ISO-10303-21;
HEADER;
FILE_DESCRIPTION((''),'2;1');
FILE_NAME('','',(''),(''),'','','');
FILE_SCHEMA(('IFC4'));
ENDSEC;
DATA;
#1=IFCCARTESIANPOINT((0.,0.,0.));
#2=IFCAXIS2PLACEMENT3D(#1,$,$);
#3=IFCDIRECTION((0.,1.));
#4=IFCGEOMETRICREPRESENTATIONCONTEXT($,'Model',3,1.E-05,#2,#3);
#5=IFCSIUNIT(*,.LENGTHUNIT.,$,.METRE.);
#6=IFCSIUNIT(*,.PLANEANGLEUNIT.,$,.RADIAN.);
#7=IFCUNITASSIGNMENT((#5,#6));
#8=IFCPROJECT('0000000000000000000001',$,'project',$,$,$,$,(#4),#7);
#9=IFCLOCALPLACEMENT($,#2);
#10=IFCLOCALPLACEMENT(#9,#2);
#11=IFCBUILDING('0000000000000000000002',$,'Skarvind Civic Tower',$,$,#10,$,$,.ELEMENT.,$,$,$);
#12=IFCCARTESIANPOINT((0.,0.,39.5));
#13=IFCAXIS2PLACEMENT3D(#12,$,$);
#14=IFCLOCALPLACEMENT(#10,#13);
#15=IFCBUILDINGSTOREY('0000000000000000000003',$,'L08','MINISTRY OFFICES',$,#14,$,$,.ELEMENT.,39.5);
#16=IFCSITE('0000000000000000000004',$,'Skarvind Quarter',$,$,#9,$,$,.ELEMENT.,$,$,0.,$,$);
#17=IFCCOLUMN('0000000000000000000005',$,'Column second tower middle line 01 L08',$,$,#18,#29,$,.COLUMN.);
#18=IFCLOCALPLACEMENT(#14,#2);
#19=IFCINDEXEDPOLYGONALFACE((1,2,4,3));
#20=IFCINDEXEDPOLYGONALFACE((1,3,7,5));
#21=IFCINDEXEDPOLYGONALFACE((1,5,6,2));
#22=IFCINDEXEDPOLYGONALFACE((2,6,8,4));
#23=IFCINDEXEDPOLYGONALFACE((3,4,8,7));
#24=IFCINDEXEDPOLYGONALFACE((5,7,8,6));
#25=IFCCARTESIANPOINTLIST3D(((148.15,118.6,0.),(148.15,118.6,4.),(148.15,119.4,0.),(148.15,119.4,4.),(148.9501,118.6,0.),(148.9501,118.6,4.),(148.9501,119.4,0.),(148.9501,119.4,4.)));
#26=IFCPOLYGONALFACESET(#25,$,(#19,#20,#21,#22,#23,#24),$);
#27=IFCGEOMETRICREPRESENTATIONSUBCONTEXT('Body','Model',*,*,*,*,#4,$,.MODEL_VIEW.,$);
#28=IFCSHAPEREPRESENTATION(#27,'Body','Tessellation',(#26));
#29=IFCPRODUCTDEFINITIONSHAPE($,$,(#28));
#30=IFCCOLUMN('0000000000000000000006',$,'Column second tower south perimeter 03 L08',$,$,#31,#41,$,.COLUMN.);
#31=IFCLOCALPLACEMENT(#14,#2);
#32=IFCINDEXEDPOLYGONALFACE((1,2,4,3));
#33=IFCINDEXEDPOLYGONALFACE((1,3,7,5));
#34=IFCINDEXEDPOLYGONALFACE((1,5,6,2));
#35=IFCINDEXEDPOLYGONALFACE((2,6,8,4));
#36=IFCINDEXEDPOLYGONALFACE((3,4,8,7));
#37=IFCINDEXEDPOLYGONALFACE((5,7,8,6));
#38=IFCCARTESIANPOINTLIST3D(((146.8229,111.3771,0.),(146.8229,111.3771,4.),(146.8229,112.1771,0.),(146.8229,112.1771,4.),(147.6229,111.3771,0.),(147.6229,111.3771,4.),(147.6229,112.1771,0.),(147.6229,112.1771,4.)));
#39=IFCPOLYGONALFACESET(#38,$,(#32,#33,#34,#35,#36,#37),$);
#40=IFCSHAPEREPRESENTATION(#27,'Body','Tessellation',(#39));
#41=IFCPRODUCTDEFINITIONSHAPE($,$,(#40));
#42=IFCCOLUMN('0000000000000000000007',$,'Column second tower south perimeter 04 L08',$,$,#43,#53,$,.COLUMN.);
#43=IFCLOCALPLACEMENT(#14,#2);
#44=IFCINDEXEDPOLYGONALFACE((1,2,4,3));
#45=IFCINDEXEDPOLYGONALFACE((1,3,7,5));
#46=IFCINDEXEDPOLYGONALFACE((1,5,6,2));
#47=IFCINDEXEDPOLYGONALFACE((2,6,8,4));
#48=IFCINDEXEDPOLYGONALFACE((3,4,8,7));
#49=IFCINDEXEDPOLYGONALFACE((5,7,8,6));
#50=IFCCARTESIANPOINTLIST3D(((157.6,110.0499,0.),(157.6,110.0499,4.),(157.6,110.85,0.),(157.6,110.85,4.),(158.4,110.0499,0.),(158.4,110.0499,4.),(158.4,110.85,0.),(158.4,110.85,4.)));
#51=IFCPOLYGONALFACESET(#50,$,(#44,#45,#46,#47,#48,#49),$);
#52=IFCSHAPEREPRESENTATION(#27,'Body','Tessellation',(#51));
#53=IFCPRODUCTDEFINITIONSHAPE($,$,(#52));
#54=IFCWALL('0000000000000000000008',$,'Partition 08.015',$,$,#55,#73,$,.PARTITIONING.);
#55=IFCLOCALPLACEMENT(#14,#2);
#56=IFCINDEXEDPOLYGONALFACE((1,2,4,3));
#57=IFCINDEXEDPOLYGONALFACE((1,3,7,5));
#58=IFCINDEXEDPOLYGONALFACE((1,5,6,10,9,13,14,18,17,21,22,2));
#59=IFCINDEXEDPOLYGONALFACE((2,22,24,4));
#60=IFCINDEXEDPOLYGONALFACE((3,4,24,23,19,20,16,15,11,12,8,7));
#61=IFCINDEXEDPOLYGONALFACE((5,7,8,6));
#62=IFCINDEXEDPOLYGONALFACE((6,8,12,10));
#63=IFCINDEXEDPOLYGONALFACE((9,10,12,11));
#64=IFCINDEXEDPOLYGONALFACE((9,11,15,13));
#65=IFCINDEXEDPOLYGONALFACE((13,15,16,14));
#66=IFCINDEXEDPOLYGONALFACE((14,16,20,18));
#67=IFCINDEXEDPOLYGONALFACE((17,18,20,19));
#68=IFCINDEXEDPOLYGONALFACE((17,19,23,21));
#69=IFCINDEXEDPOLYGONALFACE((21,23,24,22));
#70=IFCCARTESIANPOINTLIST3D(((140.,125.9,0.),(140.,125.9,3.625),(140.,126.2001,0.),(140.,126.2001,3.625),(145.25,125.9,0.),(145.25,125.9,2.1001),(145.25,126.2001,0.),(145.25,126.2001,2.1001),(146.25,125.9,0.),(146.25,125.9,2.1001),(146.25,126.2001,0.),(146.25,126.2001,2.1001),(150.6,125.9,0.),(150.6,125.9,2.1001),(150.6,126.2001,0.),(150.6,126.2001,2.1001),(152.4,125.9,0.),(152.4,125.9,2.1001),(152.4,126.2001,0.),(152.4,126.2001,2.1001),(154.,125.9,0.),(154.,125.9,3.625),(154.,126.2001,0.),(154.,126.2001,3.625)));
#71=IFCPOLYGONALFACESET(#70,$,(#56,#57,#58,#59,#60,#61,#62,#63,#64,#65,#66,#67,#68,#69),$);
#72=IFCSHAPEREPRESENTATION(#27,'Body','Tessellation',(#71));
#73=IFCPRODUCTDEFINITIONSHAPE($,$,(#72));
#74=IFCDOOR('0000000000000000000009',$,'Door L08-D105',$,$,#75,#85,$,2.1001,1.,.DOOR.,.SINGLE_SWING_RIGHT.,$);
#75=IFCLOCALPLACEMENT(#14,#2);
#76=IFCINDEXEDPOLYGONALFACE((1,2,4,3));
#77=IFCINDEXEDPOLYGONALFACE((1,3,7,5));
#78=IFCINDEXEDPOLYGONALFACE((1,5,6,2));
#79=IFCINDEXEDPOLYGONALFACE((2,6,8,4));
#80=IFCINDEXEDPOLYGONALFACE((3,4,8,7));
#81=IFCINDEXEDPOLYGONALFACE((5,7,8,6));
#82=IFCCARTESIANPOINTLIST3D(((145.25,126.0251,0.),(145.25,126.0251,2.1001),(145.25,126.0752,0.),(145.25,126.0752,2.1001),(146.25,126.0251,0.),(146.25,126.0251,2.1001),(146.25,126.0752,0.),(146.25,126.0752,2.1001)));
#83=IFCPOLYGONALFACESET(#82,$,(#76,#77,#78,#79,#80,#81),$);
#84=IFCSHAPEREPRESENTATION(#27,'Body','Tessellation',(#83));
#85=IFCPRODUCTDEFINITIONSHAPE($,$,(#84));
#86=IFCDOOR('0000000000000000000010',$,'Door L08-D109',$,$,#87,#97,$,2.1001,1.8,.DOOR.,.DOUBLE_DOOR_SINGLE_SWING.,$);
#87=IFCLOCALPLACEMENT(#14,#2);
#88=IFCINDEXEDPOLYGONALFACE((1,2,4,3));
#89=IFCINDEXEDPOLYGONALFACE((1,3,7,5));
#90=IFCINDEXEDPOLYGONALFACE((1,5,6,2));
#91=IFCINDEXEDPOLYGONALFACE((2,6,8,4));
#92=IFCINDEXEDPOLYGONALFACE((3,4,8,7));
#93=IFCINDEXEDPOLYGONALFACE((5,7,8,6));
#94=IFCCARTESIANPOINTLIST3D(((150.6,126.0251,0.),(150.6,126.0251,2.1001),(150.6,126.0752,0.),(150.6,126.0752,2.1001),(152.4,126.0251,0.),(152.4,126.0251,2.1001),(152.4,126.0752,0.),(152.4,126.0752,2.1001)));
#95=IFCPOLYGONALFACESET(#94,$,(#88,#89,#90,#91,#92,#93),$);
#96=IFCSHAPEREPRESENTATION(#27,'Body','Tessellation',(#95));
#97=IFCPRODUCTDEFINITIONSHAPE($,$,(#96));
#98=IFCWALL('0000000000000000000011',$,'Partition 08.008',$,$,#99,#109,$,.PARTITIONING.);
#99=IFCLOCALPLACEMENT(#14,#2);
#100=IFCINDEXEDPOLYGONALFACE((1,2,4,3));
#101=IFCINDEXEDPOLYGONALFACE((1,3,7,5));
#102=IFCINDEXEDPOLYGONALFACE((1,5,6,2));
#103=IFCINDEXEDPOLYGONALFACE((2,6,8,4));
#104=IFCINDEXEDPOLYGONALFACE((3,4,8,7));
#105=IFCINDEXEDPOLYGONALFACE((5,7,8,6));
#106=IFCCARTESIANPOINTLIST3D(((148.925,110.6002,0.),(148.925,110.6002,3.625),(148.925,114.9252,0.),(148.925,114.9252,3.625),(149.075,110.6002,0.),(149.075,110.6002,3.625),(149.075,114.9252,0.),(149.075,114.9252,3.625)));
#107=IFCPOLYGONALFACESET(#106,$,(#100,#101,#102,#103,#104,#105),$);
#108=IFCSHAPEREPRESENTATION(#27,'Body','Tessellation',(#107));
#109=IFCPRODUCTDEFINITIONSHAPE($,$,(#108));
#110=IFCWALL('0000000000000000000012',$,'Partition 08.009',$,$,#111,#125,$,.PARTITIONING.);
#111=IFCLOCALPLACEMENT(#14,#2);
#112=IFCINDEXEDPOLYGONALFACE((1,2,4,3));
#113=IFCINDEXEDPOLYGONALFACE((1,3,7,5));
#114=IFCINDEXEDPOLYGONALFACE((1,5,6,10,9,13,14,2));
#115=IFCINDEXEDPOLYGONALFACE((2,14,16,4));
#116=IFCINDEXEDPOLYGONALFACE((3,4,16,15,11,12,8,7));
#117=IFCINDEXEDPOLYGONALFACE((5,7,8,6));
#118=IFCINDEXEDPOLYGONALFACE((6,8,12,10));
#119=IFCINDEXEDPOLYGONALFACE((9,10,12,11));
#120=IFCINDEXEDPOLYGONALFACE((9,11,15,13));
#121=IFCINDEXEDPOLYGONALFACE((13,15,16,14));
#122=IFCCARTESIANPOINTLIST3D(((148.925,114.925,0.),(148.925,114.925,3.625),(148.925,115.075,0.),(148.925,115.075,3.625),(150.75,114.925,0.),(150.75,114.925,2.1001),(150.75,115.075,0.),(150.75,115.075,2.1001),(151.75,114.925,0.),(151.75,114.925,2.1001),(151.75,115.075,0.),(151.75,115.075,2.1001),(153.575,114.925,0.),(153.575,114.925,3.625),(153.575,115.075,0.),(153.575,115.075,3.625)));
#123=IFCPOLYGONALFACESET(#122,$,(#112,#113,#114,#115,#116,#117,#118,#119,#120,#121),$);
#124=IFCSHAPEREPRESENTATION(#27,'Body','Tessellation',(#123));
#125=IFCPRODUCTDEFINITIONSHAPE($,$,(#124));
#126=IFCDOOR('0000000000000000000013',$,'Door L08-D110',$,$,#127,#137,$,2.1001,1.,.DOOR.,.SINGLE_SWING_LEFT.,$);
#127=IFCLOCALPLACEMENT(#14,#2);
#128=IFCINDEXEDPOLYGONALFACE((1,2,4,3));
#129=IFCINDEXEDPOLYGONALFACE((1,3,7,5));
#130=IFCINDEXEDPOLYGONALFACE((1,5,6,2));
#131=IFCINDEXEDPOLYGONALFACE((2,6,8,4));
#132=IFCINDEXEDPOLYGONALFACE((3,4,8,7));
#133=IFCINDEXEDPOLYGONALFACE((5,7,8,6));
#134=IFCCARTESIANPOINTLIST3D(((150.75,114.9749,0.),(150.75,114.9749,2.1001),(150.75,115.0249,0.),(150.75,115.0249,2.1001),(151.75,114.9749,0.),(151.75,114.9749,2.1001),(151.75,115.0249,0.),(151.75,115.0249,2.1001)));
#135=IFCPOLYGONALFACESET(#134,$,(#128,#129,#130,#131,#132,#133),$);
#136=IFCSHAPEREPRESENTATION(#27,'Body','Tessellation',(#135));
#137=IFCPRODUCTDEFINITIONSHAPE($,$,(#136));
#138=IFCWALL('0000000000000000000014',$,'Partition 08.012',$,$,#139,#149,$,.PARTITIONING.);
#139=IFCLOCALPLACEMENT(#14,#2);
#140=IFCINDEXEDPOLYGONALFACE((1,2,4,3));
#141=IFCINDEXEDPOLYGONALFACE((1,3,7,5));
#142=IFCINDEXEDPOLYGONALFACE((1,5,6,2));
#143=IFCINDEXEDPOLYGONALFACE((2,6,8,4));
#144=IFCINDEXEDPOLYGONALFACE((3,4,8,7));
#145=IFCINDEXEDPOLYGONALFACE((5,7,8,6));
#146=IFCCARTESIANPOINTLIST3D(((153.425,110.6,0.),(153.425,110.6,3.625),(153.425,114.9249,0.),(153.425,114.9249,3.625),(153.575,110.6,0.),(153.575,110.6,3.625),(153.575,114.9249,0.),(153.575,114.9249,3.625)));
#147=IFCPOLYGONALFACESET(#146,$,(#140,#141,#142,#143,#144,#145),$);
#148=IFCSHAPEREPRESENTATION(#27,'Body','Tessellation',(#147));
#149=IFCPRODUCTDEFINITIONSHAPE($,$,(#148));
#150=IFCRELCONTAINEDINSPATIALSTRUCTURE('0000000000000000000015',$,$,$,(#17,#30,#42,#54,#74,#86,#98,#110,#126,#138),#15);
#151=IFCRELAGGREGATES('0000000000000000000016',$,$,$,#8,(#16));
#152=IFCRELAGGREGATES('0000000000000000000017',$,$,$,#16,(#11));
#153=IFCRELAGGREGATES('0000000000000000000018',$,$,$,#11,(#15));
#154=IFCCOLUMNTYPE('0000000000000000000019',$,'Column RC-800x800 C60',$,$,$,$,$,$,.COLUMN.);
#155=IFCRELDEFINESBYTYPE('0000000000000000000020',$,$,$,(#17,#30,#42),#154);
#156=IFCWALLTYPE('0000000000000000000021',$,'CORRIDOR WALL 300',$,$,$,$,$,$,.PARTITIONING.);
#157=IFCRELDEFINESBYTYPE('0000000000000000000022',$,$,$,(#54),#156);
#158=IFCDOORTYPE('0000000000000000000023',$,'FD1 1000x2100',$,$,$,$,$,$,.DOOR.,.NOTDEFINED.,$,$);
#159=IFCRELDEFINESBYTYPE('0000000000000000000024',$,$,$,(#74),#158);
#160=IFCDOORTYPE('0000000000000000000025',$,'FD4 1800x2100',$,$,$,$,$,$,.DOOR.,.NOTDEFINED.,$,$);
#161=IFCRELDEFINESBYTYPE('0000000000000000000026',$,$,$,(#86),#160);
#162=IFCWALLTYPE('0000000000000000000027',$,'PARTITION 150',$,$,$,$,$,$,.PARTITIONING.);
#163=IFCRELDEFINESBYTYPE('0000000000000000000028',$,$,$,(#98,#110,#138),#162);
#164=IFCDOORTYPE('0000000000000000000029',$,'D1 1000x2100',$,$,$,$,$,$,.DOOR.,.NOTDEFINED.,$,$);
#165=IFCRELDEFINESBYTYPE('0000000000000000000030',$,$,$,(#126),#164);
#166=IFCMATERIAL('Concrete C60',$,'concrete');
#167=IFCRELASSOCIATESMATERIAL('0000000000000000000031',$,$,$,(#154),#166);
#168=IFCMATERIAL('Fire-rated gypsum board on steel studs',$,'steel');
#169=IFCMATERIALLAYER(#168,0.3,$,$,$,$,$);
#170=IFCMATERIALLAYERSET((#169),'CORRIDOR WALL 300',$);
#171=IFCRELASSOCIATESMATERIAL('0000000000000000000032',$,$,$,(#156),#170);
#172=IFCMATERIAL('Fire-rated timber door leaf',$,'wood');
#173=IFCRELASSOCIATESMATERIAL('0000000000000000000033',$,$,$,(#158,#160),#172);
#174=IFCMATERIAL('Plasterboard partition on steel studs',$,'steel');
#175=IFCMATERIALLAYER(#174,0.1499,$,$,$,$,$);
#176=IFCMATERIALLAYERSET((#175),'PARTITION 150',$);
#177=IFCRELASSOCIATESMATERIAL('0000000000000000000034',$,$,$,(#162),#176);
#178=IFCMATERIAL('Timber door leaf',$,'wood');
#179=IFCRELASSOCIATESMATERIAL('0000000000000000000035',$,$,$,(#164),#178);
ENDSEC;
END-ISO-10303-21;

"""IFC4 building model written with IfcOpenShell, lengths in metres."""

from ifc_helpers import new_model, si_unit, direction, frame, frame_2d, origin, origin_2d, place, context, subcontext, project, spatial, rectangle, extrude, material, layer, layer_set, material_profile, profile_set, type_object, element, fill, save


model = new_model("IFC4")

# Units and contexts
model_context = context("Model", 3, precision=1e-05, world=origin(), true_north=direction((0.0, 1.0)))
body_context = subcontext(model_context, "Body", "Model", "MODEL_VIEW")
ifc_project = project(units=[si_unit("LENGTHUNIT", "METRE"), si_unit("PLANEANGLEUNIT", "RADIAN")], contexts=[model_context])

# Site, building, storey
site_placement = place(None, origin())
site = spatial("IfcSite", under=ifc_project, at=site_placement, Name="Skarvind Quarter", CompositionType="ELEMENT", RefElevation=0.0)
building_placement = place(site_placement, origin())
building = spatial("IfcBuilding", under=site, at=building_placement, Name="Skarvind Civic Tower", CompositionType="ELEMENT")
storey_placement = place(building_placement, frame((0.0, 0.0, 39.5)))
storey = spatial("IfcBuildingStorey", under=building, at=storey_placement, Name="L08", Description="MINISTRY OFFICES", CompositionType="ELEMENT", Elevation=39.5)

# Columns
ifc_material_1 = material(Name="Concrete C60", Category="concrete")
ifc_material_profile = material_profile(ifc_material_1, rectangle(XDim=0.8, YDim=0.8, at=origin_2d()), Name="RC-800x800")
ifc_profile_set = profile_set([ifc_material_profile], Name="Concrete C60")
column_type = type_object("IfcColumnType", Name="Column RC-800x800 C60", PredefinedType="COLUMN", material=ifc_profile_set)
for number, where, z_axis, x_axis, name in (
    (1, (148.55, 119.0, 0.0), (0.0, 0.0, 1.0), (1.0, 0.0, 0.0), "Column second tower middle line 01 L08"),
    (2, (147.2229, 111.7771, 0.0), (0.0, 0.0, 1.0), (1.0, 0.0, 0.0), "Column second tower south perimeter 03 L08"),
    (3, (158.0, 110.45, 0.0), (0.0, 0.0, 1.0), (1.0, 0.0, 0.0), "Column second tower south perimeter 04 L08"),
):
    element("IfcColumn", number, at=place(storey_placement, frame(where, z_axis=z_axis, x_axis=x_axis)), inside=storey, type_object=column_type, Name=name, PredefinedType="COLUMN", context=body_context, shape_type="SweptSolid", body=[
        extrude(rectangle(XDim=0.8, YDim=0.8, at=origin_2d()), origin(), (0.0, 0.0, 1.0), 4.0),
    ])

# Wall, openings, doors
ifc_material_2 = material(Name="Fire-rated gypsum board on steel studs", Category="steel")
ifc_layer_1 = layer(ifc_material_2, 0.3)
ifc_layer_set_1 = layer_set([ifc_layer_1], Name="CORRIDOR WALL 300")
wall_type_1 = type_object("IfcWallType", Name="CORRIDOR WALL 300", PredefinedType="PARTITIONING", material=ifc_layer_set_1)
wall_1_placement = place(storey_placement, frame((154.0, 126.05, 0.0), z_axis=(0.0, 0.0, 1.0), x_axis=(-1.0, 0.0, 0.0)))
wall_1 = element("IfcWall", 4, at=wall_1_placement, inside=storey, type_object=wall_type_1, Name="Partition 08.015", PredefinedType="PARTITIONING", context=body_context, shape_type="SweptSolid", body=[
    extrude(rectangle(XDim=14.0, YDim=0.3, at=frame_2d((7.0, 0.0))), origin(), (0.0, 0.0, 1.0), 3.625),
])
opening_1_placement = place(wall_1_placement, frame((7.75, 0.0, 0.0)))
opening_1 = element("IfcOpeningElement", 5, at=opening_1_placement, cuts=wall_1, PredefinedType="OPENING", context=body_context, shape_type="SweptSolid", body=[
    extrude(rectangle(XDim=1.0, YDim=2.1001, at=frame_2d((0.5, 1.05))), frame((0.0, 0.1599, 0.0), z_axis=(0.0, -1.0, 0.0), x_axis=(1.0, 0.0, 0.0)), (0.0, 0.0, 1.0), 0.3201),
])
opening_2_placement = place(wall_1_placement, frame((1.6001, 0.0, 0.0)))
opening_2 = element("IfcOpeningElement", 6, at=opening_2_placement, cuts=wall_1, PredefinedType="OPENING", context=body_context, shape_type="SweptSolid", body=[
    extrude(rectangle(XDim=1.8, YDim=2.1001, at=frame_2d((0.8999, 1.05))), frame((0.0, 0.1599, 0.0), z_axis=(0.0, -1.0, 0.0), x_axis=(1.0, 0.0, 0.0)), (0.0, 0.0, 1.0), 0.3201),
])
ifc_material_3 = material(Name="Fire-rated timber door leaf", Category="wood")
door_type_1 = type_object("IfcDoorType", Name="FD1 1000x2100", OperationType="NOTDEFINED", PredefinedType="DOOR", material=ifc_material_3)
door_1_placement = place(opening_1_placement, origin())
door_1 = element("IfcDoor", 7, at=door_1_placement, inside=storey, type_object=door_type_1, Name="Door L08-D105", OperationType="SINGLE_SWING_RIGHT", OverallHeight=2.1001, OverallWidth=1.0, PredefinedType="DOOR", context=body_context, shape_type="SweptSolid", body=[
    extrude(rectangle(XDim=1.0, YDim=2.1001, at=frame_2d((0.5, 1.05))), frame((0.0, 0.0249, 0.0), z_axis=(0.0, -1.0, 0.0), x_axis=(1.0, 0.0, 0.0)), (0.0, 0.0, 1.0), 0.05),
])
fill(opening_1, door_1)
door_type_2 = type_object("IfcDoorType", Name="FD4 1800x2100", OperationType="NOTDEFINED", PredefinedType="DOOR", material=ifc_material_3)
door_2_placement = place(opening_2_placement, origin())
door_2 = element("IfcDoor", 8, at=door_2_placement, inside=storey, type_object=door_type_2, Name="Door L08-D109", OperationType="DOUBLE_DOOR_SINGLE_SWING", OverallHeight=2.1001, OverallWidth=1.8, PredefinedType="DOOR", context=body_context, shape_type="SweptSolid", body=[
    extrude(rectangle(XDim=1.8, YDim=2.1001, at=frame_2d((0.8999, 1.05))), frame((0.0, 0.0249, 0.0), z_axis=(0.0, -1.0, 0.0), x_axis=(1.0, 0.0, 0.0)), (0.0, 0.0, 1.0), 0.05),
])
fill(opening_2, door_2)

# Wall
ifc_material_4 = material(Name="Plasterboard partition on steel studs", Category="steel")
ifc_layer_2 = layer(ifc_material_4, 0.1499)
ifc_layer_set_2 = layer_set([ifc_layer_2], Name="PARTITION 150")
wall_type_2 = type_object("IfcWallType", Name="PARTITION 150", PredefinedType="PARTITIONING", material=ifc_layer_set_2)
wall_2_placement = place(storey_placement, frame((149.0, 110.6001, 0.0), z_axis=(0.0, 0.0, 1.0), x_axis=(0.0, 1.0, 0.0)))
element("IfcWall", 9, at=wall_2_placement, inside=storey, type_object=wall_type_2, Name="Partition 08.008", PredefinedType="PARTITIONING", context=body_context, shape_type="SweptSolid", body=[
    extrude(rectangle(XDim=4.325, YDim=0.1499, at=frame_2d((2.1626, 0.0))), origin(), (0.0, 0.0, 1.0), 3.625),
])

# Wall, opening, door
wall_3_placement = place(storey_placement, frame((148.925, 115.0, 0.0), z_axis=(0.0, 0.0, 1.0), x_axis=(1.0, 0.0, 0.0)))
wall_3 = element("IfcWall", 10, at=wall_3_placement, inside=storey, type_object=wall_type_2, Name="Partition 08.009", PredefinedType="PARTITIONING", context=body_context, shape_type="SweptSolid", body=[
    extrude(rectangle(XDim=4.6499, YDim=0.1499, at=frame_2d((2.325, 0.0))), origin(), (0.0, 0.0, 1.0), 3.625),
])
opening_3_placement = place(wall_3_placement, frame((1.825, 0.0, 0.0)))
opening_3 = element("IfcOpeningElement", 11, at=opening_3_placement, cuts=wall_3, PredefinedType="OPENING", context=body_context, shape_type="SweptSolid", body=[
    extrude(rectangle(XDim=1.0, YDim=2.1001, at=frame_2d((0.5, 1.05))), frame((0.0, 0.085, 0.0), z_axis=(0.0, -1.0, 0.0), x_axis=(1.0, 0.0, 0.0)), (0.0, 0.0, 1.0), 0.1699),
])
ifc_material_5 = material(Name="Timber door leaf", Category="wood")
door_type_3 = type_object("IfcDoorType", Name="D1 1000x2100", OperationType="NOTDEFINED", PredefinedType="DOOR", material=ifc_material_5)
door_3_placement = place(opening_3_placement, origin())
door_3 = element("IfcDoor", 12, at=door_3_placement, inside=storey, type_object=door_type_3, Name="Door L08-D110", OperationType="SINGLE_SWING_LEFT", OverallHeight=2.1001, OverallWidth=1.0, PredefinedType="DOOR", context=body_context, shape_type="SweptSolid", body=[
    extrude(rectangle(XDim=1.0, YDim=2.1001, at=frame_2d((0.5, 1.05))), frame((0.0, 0.0249, 0.0), z_axis=(0.0, -1.0, 0.0), x_axis=(1.0, 0.0, 0.0)), (0.0, 0.0, 1.0), 0.05),
])
fill(opening_3, door_3)

# Wall
wall_4_placement = place(storey_placement, frame((153.5, 114.925, 0.0), z_axis=(0.0, 0.0, 1.0), x_axis=(0.0, -1.0, 0.0)))
element("IfcWall", 13, at=wall_4_placement, inside=storey, type_object=wall_type_2, Name="Partition 08.012", PredefinedType="PARTITIONING", context=body_context, shape_type="SweptSolid", body=[
    extrude(rectangle(XDim=4.325, YDim=0.1499, at=frame_2d((2.1626, 0.0))), origin(), (0.0, 0.0, 1.0), 3.625),
])

save(model, "model.ifc")
